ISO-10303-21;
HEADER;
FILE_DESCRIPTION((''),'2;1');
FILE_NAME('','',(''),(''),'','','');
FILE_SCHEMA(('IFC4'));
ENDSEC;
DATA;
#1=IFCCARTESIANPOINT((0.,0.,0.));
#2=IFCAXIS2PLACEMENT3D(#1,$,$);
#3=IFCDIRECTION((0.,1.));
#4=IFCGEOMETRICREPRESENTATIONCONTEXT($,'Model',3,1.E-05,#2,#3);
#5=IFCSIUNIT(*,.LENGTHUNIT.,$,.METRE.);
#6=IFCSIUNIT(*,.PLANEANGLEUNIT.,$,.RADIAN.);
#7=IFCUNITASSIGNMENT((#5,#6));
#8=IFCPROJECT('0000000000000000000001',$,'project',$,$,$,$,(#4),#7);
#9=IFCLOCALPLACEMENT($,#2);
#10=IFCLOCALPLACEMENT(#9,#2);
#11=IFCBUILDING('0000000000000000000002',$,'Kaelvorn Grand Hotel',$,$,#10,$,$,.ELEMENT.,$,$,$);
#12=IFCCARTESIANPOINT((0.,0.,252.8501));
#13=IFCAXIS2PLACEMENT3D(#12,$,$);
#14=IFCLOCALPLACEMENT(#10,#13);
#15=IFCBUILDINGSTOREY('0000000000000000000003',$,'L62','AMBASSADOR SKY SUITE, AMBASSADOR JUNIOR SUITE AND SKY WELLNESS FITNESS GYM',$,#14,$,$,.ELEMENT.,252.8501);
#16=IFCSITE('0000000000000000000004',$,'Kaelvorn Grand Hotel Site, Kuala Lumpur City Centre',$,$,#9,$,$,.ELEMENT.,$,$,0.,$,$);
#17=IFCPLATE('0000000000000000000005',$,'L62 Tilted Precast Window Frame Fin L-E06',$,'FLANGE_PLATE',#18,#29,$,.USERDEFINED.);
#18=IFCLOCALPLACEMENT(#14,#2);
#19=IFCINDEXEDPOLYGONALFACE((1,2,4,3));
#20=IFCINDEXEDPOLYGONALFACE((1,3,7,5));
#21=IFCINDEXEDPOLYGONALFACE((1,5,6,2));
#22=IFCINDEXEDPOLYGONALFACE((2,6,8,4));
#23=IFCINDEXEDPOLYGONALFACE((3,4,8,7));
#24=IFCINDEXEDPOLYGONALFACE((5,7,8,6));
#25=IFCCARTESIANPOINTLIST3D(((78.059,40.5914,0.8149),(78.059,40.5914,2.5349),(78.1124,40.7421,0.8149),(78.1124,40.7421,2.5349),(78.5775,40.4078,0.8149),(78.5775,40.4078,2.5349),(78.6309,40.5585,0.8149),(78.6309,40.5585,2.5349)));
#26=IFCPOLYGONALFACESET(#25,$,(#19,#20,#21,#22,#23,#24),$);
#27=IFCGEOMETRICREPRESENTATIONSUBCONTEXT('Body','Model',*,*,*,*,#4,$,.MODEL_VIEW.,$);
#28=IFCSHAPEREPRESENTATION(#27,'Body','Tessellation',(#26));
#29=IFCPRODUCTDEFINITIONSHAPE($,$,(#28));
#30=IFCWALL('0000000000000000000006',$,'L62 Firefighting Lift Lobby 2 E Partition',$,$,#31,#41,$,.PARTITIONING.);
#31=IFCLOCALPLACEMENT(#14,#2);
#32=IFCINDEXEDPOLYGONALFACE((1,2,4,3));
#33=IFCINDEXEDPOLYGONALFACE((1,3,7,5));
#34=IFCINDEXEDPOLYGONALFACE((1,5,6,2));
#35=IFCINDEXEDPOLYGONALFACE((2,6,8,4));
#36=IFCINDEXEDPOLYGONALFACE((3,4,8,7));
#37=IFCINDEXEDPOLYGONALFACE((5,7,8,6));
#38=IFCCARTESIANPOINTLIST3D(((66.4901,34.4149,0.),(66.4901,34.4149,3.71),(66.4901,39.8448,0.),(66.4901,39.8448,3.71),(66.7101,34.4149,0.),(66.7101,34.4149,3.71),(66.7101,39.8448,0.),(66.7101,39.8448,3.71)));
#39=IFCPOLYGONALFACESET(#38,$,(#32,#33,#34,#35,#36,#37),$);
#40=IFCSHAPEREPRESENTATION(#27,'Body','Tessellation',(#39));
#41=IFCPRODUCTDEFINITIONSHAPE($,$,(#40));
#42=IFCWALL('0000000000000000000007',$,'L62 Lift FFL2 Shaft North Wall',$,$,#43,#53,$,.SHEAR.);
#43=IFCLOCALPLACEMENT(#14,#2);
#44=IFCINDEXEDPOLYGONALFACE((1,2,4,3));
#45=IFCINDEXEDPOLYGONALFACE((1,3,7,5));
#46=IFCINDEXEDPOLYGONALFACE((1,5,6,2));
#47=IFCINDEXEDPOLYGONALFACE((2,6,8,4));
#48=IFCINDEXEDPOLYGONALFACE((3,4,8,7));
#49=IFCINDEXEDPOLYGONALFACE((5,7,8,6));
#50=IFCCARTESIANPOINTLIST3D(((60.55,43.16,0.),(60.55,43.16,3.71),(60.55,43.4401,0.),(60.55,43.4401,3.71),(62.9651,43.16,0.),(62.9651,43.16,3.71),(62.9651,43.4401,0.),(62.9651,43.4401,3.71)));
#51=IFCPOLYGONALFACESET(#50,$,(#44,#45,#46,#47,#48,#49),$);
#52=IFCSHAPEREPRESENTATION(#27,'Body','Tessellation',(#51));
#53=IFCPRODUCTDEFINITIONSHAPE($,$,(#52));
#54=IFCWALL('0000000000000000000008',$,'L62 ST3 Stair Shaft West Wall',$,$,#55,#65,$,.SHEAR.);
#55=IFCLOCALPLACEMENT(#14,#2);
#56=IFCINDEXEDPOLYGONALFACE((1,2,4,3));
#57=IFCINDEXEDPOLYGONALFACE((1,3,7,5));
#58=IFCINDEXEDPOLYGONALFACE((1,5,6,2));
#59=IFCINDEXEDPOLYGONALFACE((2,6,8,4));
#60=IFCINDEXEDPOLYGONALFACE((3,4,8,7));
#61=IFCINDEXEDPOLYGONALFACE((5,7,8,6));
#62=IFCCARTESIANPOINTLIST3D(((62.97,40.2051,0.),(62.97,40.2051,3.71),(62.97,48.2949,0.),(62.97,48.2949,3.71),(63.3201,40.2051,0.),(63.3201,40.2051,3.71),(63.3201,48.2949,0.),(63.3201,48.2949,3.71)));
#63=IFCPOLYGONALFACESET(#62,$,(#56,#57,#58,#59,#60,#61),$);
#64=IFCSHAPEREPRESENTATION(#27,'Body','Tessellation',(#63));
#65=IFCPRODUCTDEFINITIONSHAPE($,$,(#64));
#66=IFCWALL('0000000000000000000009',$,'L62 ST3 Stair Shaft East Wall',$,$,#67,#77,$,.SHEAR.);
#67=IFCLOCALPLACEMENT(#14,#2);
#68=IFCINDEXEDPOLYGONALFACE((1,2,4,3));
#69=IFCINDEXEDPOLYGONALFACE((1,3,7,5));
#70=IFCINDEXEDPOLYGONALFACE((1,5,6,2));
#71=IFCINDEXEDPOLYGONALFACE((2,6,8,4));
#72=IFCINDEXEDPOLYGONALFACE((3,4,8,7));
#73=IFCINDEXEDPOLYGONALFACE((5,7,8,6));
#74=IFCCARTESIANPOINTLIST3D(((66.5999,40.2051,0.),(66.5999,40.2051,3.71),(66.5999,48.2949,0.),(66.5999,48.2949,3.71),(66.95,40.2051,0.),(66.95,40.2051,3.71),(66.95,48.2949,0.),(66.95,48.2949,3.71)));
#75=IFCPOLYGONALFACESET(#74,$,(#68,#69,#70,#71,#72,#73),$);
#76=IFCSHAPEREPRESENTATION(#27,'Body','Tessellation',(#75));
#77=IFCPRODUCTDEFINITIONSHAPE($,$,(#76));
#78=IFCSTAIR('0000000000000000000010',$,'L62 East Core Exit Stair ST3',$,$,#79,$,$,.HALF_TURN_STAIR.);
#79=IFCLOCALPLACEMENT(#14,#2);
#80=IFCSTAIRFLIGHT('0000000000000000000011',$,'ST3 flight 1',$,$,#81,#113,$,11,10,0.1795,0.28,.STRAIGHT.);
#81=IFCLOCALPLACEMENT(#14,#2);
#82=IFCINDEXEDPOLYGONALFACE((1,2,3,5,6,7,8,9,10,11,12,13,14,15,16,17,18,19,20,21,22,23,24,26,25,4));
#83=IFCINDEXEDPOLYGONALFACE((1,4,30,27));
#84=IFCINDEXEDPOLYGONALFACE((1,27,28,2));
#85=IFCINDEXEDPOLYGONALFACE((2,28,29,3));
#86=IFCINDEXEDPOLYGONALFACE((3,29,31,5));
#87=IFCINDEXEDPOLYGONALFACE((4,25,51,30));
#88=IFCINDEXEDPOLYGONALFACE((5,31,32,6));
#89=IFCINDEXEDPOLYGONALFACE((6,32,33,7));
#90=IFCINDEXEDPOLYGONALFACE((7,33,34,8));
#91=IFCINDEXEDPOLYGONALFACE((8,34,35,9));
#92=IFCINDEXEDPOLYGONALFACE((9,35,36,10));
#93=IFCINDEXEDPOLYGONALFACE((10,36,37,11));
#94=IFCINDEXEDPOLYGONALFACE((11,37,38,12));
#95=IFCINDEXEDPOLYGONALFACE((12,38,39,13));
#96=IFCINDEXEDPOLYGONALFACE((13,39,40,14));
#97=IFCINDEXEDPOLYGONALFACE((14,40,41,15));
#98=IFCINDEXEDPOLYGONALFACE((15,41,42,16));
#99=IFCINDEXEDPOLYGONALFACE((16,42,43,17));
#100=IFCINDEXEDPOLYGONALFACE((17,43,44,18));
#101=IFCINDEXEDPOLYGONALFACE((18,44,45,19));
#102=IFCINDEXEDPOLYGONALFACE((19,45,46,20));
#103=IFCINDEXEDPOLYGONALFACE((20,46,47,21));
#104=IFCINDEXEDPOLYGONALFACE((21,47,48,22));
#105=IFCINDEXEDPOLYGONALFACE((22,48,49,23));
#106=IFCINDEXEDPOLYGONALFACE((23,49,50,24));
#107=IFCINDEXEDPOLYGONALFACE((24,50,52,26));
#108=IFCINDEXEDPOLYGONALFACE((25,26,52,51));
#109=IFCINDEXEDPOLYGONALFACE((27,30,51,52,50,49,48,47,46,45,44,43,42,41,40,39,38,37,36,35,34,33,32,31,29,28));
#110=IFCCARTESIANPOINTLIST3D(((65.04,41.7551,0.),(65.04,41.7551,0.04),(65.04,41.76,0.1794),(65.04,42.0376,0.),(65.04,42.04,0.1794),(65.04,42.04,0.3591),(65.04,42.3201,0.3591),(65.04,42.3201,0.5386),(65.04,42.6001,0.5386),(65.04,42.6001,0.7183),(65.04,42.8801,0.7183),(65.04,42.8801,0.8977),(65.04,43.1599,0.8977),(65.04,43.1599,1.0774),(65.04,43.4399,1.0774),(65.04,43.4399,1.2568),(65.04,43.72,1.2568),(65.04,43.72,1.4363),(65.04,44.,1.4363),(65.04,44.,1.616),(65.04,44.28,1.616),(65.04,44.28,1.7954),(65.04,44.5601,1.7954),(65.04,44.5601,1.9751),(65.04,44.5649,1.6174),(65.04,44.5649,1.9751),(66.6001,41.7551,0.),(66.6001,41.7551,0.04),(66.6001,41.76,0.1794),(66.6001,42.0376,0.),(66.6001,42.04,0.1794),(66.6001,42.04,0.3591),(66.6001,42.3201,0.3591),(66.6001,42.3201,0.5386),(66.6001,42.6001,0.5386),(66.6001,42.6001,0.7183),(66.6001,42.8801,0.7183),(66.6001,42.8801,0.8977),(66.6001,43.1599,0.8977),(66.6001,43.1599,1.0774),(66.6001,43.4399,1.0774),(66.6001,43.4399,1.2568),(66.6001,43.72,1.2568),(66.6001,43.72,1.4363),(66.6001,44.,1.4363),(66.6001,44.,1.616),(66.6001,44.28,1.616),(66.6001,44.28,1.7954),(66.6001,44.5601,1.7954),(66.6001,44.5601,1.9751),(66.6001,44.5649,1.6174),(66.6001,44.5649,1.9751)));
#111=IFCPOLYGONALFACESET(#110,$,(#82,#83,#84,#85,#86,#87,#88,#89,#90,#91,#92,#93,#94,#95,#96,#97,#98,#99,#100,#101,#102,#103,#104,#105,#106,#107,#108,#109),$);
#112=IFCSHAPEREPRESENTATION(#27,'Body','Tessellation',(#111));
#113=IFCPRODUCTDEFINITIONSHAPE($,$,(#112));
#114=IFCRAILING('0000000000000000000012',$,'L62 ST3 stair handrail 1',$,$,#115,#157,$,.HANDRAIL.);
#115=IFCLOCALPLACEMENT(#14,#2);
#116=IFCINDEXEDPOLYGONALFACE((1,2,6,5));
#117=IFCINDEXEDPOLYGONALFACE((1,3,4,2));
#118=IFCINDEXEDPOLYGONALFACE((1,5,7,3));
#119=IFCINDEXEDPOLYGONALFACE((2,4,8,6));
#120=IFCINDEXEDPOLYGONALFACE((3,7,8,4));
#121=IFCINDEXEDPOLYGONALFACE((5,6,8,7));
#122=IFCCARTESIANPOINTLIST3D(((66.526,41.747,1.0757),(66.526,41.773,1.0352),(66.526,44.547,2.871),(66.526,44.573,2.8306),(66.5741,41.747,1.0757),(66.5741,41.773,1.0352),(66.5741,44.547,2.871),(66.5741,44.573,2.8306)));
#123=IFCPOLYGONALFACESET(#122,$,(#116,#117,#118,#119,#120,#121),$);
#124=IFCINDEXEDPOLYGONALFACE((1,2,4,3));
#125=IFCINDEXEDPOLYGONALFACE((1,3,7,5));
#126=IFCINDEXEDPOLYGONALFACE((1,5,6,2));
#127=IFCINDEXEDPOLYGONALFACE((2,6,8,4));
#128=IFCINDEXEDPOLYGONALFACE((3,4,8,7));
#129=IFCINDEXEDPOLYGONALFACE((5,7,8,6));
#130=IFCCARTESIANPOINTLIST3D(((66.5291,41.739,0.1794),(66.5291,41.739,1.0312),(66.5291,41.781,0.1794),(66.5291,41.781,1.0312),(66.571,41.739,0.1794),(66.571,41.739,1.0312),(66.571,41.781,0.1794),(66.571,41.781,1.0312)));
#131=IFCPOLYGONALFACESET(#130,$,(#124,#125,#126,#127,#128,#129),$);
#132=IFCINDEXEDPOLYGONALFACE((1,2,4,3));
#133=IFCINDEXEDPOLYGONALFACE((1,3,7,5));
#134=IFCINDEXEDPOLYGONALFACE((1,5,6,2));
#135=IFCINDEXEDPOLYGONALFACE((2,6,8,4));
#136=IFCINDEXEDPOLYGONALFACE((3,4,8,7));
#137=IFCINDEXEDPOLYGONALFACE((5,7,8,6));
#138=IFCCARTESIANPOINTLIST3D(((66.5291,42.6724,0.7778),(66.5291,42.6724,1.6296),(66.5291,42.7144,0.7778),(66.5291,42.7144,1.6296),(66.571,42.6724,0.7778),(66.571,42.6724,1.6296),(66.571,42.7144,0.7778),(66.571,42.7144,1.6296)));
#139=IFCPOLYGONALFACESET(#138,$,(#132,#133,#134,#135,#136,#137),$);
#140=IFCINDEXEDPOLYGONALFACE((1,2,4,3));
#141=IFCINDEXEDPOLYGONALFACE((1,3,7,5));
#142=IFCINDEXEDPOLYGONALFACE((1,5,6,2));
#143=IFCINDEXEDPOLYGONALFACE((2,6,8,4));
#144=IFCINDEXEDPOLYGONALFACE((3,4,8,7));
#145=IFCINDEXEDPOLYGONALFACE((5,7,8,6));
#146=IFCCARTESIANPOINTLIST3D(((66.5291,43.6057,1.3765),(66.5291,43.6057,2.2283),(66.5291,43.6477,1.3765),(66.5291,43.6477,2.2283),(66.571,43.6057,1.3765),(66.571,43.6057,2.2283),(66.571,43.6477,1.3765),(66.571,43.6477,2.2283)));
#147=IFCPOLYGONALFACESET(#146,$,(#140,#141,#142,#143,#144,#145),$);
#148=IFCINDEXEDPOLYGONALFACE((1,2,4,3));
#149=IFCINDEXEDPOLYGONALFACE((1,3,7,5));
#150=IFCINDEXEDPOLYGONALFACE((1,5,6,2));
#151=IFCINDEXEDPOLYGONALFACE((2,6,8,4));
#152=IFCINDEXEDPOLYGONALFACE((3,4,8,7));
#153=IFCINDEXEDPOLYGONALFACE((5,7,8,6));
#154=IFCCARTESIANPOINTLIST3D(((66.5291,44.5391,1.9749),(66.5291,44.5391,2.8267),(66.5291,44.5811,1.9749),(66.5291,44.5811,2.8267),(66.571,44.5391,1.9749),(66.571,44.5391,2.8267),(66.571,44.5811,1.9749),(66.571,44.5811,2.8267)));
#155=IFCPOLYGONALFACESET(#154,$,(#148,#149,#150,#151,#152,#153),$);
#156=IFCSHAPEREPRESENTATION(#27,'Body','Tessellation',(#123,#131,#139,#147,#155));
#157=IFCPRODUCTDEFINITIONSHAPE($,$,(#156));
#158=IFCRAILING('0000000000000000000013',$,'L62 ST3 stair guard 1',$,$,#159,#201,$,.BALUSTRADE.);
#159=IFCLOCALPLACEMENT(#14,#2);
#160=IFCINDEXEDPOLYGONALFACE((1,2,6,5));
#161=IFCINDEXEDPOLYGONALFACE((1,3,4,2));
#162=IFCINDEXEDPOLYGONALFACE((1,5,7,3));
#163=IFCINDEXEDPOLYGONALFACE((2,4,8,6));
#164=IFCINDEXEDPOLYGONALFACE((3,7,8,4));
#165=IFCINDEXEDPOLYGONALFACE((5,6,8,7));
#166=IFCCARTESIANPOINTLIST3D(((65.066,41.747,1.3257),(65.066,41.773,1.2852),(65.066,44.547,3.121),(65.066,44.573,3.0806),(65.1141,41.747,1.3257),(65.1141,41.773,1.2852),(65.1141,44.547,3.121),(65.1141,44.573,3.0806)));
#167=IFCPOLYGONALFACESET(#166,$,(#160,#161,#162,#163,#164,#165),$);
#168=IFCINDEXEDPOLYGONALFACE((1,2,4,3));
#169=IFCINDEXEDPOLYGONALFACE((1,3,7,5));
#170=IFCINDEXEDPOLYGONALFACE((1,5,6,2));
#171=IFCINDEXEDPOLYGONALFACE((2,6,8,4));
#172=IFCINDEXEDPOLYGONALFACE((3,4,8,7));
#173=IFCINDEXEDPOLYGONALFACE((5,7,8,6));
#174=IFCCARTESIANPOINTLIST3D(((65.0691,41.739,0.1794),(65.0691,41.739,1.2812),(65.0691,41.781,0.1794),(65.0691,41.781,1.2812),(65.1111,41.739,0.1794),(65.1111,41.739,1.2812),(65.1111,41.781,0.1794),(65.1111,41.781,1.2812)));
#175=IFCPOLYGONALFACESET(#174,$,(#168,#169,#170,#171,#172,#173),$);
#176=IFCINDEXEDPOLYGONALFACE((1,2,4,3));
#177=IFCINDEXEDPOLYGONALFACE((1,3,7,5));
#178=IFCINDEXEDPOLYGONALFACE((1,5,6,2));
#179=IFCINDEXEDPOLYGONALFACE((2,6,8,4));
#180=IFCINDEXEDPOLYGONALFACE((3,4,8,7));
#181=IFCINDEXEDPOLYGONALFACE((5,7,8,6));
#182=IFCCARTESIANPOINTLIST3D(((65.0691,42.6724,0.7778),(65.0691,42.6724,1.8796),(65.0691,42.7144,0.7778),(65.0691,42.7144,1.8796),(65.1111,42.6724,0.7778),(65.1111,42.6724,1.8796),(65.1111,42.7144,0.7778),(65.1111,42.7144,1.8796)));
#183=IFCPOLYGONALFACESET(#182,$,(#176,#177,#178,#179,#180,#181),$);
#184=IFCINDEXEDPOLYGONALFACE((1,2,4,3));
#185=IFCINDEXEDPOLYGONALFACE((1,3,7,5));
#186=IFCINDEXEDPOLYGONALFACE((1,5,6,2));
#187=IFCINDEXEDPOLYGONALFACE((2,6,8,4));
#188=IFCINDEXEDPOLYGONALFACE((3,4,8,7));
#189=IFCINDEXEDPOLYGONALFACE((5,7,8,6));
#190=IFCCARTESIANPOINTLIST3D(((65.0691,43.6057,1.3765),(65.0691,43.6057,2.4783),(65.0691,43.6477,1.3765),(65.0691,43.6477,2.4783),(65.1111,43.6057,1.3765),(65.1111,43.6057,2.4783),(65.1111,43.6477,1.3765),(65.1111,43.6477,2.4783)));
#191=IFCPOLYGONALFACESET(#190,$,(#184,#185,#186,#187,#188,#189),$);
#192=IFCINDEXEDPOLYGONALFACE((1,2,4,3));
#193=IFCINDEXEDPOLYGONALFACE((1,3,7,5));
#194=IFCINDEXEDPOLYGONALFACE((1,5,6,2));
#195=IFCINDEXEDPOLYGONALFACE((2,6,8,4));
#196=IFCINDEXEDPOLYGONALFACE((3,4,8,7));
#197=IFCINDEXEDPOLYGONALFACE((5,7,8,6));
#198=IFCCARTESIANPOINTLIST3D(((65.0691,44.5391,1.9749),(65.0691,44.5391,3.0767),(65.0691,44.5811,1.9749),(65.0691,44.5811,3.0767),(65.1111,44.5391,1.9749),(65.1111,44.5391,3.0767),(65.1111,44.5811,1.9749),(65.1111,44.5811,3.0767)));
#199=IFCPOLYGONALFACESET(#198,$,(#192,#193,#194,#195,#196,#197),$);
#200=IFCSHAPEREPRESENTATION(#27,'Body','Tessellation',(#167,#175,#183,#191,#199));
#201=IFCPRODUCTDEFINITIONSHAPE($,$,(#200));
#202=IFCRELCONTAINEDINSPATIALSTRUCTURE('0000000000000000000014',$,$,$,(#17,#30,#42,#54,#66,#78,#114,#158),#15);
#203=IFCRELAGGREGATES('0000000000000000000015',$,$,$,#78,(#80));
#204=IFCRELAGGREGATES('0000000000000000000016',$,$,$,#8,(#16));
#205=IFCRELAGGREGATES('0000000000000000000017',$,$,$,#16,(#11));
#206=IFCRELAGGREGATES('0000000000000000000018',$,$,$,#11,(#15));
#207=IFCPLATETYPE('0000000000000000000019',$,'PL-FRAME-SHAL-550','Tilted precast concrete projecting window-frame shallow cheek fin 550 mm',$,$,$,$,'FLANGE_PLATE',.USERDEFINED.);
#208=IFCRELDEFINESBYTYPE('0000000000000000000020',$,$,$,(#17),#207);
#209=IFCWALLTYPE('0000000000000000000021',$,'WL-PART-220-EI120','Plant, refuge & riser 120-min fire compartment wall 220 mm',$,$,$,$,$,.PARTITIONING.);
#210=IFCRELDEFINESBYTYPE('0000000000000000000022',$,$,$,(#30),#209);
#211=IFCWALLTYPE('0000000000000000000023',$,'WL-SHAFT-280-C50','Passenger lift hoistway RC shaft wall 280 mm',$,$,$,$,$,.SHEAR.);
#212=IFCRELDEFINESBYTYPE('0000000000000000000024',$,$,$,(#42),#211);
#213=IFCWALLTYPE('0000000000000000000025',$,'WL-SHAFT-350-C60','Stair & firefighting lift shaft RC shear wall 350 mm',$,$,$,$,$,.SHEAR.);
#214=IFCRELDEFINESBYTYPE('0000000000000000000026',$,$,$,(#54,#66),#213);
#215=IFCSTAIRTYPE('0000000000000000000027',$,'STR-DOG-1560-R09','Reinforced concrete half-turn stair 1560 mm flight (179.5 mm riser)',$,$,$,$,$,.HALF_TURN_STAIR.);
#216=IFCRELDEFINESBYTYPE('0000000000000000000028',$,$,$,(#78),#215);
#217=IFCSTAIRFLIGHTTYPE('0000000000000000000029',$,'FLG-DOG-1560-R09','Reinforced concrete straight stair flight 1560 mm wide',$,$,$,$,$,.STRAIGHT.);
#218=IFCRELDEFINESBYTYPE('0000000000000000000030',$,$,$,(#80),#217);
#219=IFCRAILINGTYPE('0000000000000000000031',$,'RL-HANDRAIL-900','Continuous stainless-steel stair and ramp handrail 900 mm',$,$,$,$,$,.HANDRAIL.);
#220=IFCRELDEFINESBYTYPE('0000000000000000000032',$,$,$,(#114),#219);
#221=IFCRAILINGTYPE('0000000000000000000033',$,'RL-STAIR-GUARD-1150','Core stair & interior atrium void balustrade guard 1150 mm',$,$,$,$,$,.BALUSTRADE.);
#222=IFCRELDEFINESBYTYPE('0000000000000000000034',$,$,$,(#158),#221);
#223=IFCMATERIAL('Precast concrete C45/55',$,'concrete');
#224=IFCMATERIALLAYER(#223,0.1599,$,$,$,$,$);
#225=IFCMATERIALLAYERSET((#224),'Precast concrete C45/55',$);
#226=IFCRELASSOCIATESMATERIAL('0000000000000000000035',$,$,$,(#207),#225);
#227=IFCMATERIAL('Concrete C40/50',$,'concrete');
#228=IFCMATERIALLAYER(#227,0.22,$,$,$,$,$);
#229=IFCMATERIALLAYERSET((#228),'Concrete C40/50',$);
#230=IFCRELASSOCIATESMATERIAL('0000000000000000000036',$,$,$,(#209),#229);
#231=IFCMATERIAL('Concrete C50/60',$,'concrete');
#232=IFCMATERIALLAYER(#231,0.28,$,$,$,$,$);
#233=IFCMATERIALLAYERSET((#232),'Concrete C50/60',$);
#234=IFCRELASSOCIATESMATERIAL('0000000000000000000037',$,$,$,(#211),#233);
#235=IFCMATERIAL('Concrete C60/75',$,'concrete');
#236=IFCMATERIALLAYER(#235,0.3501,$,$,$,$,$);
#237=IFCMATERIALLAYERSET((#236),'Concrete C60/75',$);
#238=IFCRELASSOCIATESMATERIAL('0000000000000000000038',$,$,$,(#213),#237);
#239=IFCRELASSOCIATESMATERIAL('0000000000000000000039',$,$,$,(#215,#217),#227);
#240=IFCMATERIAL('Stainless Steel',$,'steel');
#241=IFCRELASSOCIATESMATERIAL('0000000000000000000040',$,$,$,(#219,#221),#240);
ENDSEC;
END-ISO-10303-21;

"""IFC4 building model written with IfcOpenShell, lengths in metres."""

from ifc_helpers import new_model, si_unit, direction, frame, frame_2d, origin, origin_2d, place, context, subcontext, project, spatial, polyline, rectangle, outline, extrude, material, layer, layer_set, type_object, element, aggregate, save


model = new_model("IFC4")

# Units and contexts
model_context = context("Model", 3, precision=1e-05, world=origin(), true_north=direction((0.0, 1.0)))
body_context = subcontext(model_context, "Body", "Model", "MODEL_VIEW")
ifc_project = project(units=[si_unit("LENGTHUNIT", "METRE"), si_unit("PLANEANGLEUNIT", "RADIAN")], contexts=[model_context])

# Site, building, storey
site_placement = place(None, origin())
site = spatial("IfcSite", under=ifc_project, at=site_placement, Name="Kaelvorn Grand Hotel Site, Kuala Lumpur City Centre", CompositionType="ELEMENT", RefElevation=0.0)
building_placement = place(site_placement, origin())
building = spatial("IfcBuilding", under=site, at=building_placement, Name="Kaelvorn Grand Hotel", CompositionType="ELEMENT")
storey_placement = place(building_placement, frame((0.0, 0.0, 252.8501)))
storey = spatial("IfcBuildingStorey", under=building, at=storey_placement, Name="L62", Description="AMBASSADOR SKY SUITE, AMBASSADOR JUNIOR SUITE AND SKY WELLNESS FITNESS GYM", CompositionType="ELEMENT", Elevation=252.8501)

# Shared definitions
ifc_material_1 = material(Name="Concrete C50/60", Category="concrete")

# Plate
ifc_material_2 = material(Name="Precast concrete C45/55", Category="concrete")
ifc_layer_1 = layer(ifc_material_2, 0.1599)
ifc_layer_set_1 = layer_set([ifc_layer_1], Name="Precast concrete C45/55")
plate_type_1 = type_object("IfcPlateType", Name="PL-FRAME-SHAL-550", Description="Tilted precast concrete projecting window-frame shallow cheek fin 550 mm", ElementType="FLANGE_PLATE", PredefinedType="USERDEFINED", material=ifc_layer_set_1)
for number, where, z_axis, x_axis, name in (
    (1, (78.345, 40.575, 0.8149), (0.0, 0.0, 1.0), (0.333807, 0.942641, 0.0), "L62 Tilted Precast Window Frame Fin L-E06"),
):
    element("IfcPlate", number, at=place(storey_placement, frame(where, z_axis=z_axis, x_axis=x_axis)), inside=storey, type_object=plate_type_1, Name=name, ObjectType="FLANGE_PLATE", PredefinedType="USERDEFINED", context=body_context, shape_type="SweptSolid", body=[
        extrude(rectangle(XDim=0.1599, YDim=0.55, at=origin_2d()), origin(), (0.0, 0.0, 1.0), 1.72),
    ])

# Walls
ifc_material_3 = material(Name="Concrete C40/50", Category="concrete")
ifc_layer_2 = layer(ifc_material_3, 0.22)
ifc_layer_set_2 = layer_set([ifc_layer_2], Name="Concrete C40/50")
wall_type_1 = type_object("IfcWallType", Name="WL-PART-220-EI120", Description="Plant, refuge & riser 120-min fire compartment wall 220 mm", PredefinedType="PARTITIONING", material=ifc_layer_set_2)
wall_1_placement = place(storey_placement, frame((66.6001, 34.415, 0.0), z_axis=(0.0, 0.0, 1.0), x_axis=(0.0, 1.0, 0.0)))
element("IfcWall", 2, at=wall_1_placement, inside=storey, type_object=wall_type_1, Name="L62 Firefighting Lift Lobby 2 E Partition", PredefinedType="PARTITIONING", context=body_context, shape_type="SweptSolid", body=[
    extrude(rectangle(XDim=5.4299, YDim=0.22, at=frame_2d((2.7148, 0.0))), origin(), (0.0, 0.0, 1.0), 3.71),
])
ifc_layer_3 = layer(ifc_material_1, 0.28)
ifc_layer_set_3 = layer_set([ifc_layer_3], Name="Concrete C50/60")
wall_type_2 = type_object("IfcWallType", Name="WL-SHAFT-280-C50", Description="Passenger lift hoistway RC shaft wall 280 mm", PredefinedType="SHEAR", material=ifc_layer_set_3)
wall_2_placement = place(storey_placement, frame((60.55, 43.3, 0.0), z_axis=(0.0, 0.0, 1.0), x_axis=(1.0, 0.0, 0.0)))
element("IfcWall", 3, at=wall_2_placement, inside=storey, type_object=wall_type_2, Name="L62 Lift FFL2 Shaft North Wall", PredefinedType="SHEAR", context=body_context, shape_type="SweptSolid", body=[
    extrude(rectangle(XDim=2.415, YDim=0.28, at=frame_2d((1.2075, 0.0))), origin(), (0.0, 0.0, 1.0), 3.71),
])

# Shared definitions
ifc_material_4 = material(Name="Concrete C60/75", Category="concrete")
ifc_layer_4 = layer(ifc_material_4, 0.3501)
ifc_layer_set_4 = layer_set([ifc_layer_4], Name="Concrete C60/75")
wall_type_3 = type_object("IfcWallType", Name="WL-SHAFT-350-C60", Description="Stair & firefighting lift shaft RC shear wall 350 mm", PredefinedType="SHEAR", material=ifc_layer_set_4)

# Walls
for number, where, z_axis, x_axis, name in (
    (4, (63.145, 40.2051, 0.0), (0.0, 0.0, 1.0), (0.0, 1.0, 0.0), "L62 ST3 Stair Shaft West Wall"),
    (5, (66.7749, 40.2051, 0.0), (0.0, 0.0, 1.0), (0.0, 1.0, 0.0), "L62 ST3 Stair Shaft East Wall"),
):
    element("IfcWall", number, at=place(storey_placement, frame(where, z_axis=z_axis, x_axis=x_axis)), inside=storey, type_object=wall_type_3, Name=name, PredefinedType="SHEAR", context=body_context, shape_type="SweptSolid", body=[
        extrude(rectangle(XDim=8.0898, YDim=0.3501, at=frame_2d((4.0449, 0.0))), origin(), (0.0, 0.0, 1.0), 3.71),
    ])

# Stair, stair flight
stair_type = type_object("IfcStairType", Name="STR-DOG-1560-R09", Description="Reinforced concrete half-turn stair 1560 mm flight (179.5 mm riser)", PredefinedType="HALF_TURN_STAIR", material=ifc_material_3)
stair_placement = place(storey_placement, origin())
stair = element("IfcStair", 6, at=stair_placement, inside=storey, type_object=stair_type, Name="L62 East Core Exit Stair ST3", PredefinedType="HALF_TURN_STAIR")
stair_flight_type = type_object("IfcStairFlightType", Name="FLG-DOG-1560-R09", Description="Reinforced concrete straight stair flight 1560 mm wide", PredefinedType="STRAIGHT", material=ifc_material_3)
stair_flight_placement = place(storey_placement, frame((65.8201, 41.76, 0.0), z_axis=(0.0, 0.0, 1.0), x_axis=(0.0, 1.0, 0.0)))
stair_flight = element("IfcStairFlight", 7, at=stair_flight_placement, type_object=stair_flight_type, Name="ST3 flight 1", NumberOfRisers=11, NumberOfTreads=10, PredefinedType="STRAIGHT", RiserHeight=0.1795, TreadLength=0.28, context=body_context, shape_type="SweptSolid", body=[
    extrude(outline(polyline([(-0.0049, 0.0), (-0.0049, 0.04), (0.0, 0.1794), (0.28, 0.1794), (0.28, 0.3591), (0.5601, 0.3591), (0.5601, 0.5386), (0.8401, 0.5386), (0.8401, 0.7183), (1.1201, 0.7183), (1.1201, 0.8977), (1.3999, 0.8977), (1.3999, 1.0774), (1.6799, 1.0774), (1.6799, 1.2568), (1.96, 1.2568), (1.96, 1.4363), (2.24, 1.4363), (2.24, 1.616), (2.52, 1.616), (2.52, 1.7954), (2.8, 1.7954), (2.8, 1.9751), (2.8049, 1.9751), (2.8049, 1.6174), (0.2776, 0.0), (-0.0049, 0.0)])), frame((0.0, 0.78, 0.0), z_axis=(0.0, -1.0, 0.0), x_axis=(1.0, 0.0, 0.0)), (0.0, 0.0, 1.0), 1.5601),
])
aggregate(stair, [stair_flight])

# Railings
ifc_material_5 = material(Name="Stainless Steel", Category="steel")
railing_type_1 = type_object("IfcRailingType", Name="RL-HANDRAIL-900", Description="Continuous stainless-steel stair and ramp handrail 900 mm", PredefinedType="HANDRAIL", material=ifc_material_5)
railing_1_placement = place(storey_placement, frame((66.55, 41.76, 0.1794)))
element("IfcRailing", 8, at=railing_1_placement, inside=storey, type_object=railing_type_1, Name="L62 ST3 stair handrail 1", PredefinedType="HANDRAIL", context=body_context, shape_type="SweptSolid", body=[
    extrude(rectangle(XDim=0.0481, YDim=0.0481, at=origin_2d()), frame((0.0, 0.0, 0.876), z_axis=(0.0, 0.84181, 0.539774), x_axis=(-1.0, 0.0, 0.0)), (0.0, 0.0, 1.0), 3.3262),
    extrude(rectangle(XDim=0.042, YDim=0.042, at=origin_2d()), origin(), (0.0, 0.0, 1.0), 0.8518),
    extrude(rectangle(XDim=0.042, YDim=0.042, at=origin_2d()), frame((0.0, 0.9333, 0.5984)), (0.0, 0.0, 1.0), 0.8518),
    extrude(rectangle(XDim=0.042, YDim=0.042, at=origin_2d()), frame((0.0, 1.8667, 1.197)), (0.0, 0.0, 1.0), 0.8518),
    extrude(rectangle(XDim=0.042, YDim=0.042, at=origin_2d()), frame((0.0, 2.8, 1.7954)), (0.0, 0.0, 1.0), 0.8518),
])
railing_type_2 = type_object("IfcRailingType", Name="RL-STAIR-GUARD-1150", Description="Core stair & interior atrium void balustrade guard 1150 mm", PredefinedType="BALUSTRADE", material=ifc_material_5)
railing_2_placement = place(storey_placement, frame((65.0901, 41.76, 0.1794)))
element("IfcRailing", 9, at=railing_2_placement, inside=storey, type_object=railing_type_2, Name="L62 ST3 stair guard 1", PredefinedType="BALUSTRADE", context=body_context, shape_type="SweptSolid", body=[
    extrude(rectangle(XDim=0.0481, YDim=0.0481, at=origin_2d()), frame((0.0, 0.0, 1.126), z_axis=(0.0, 0.84181, 0.539774), x_axis=(-1.0, 0.0, 0.0)), (0.0, 0.0, 1.0), 3.3262),
    extrude(rectangle(XDim=0.042, YDim=0.042, at=origin_2d()), origin(), (0.0, 0.0, 1.0), 1.1018),
    extrude(rectangle(XDim=0.042, YDim=0.042, at=origin_2d()), frame((0.0, 0.9333, 0.5984)), (0.0, 0.0, 1.0), 1.1018),
    extrude(rectangle(XDim=0.042, YDim=0.042, at=origin_2d()), frame((0.0, 1.8667, 1.197)), (0.0, 0.0, 1.0), 1.1018),
    extrude(rectangle(XDim=0.042, YDim=0.042, at=origin_2d()), frame((0.0, 2.8, 1.7954)), (0.0, 0.0, 1.0), 1.1018),
])

save(model, "model.ifc")
